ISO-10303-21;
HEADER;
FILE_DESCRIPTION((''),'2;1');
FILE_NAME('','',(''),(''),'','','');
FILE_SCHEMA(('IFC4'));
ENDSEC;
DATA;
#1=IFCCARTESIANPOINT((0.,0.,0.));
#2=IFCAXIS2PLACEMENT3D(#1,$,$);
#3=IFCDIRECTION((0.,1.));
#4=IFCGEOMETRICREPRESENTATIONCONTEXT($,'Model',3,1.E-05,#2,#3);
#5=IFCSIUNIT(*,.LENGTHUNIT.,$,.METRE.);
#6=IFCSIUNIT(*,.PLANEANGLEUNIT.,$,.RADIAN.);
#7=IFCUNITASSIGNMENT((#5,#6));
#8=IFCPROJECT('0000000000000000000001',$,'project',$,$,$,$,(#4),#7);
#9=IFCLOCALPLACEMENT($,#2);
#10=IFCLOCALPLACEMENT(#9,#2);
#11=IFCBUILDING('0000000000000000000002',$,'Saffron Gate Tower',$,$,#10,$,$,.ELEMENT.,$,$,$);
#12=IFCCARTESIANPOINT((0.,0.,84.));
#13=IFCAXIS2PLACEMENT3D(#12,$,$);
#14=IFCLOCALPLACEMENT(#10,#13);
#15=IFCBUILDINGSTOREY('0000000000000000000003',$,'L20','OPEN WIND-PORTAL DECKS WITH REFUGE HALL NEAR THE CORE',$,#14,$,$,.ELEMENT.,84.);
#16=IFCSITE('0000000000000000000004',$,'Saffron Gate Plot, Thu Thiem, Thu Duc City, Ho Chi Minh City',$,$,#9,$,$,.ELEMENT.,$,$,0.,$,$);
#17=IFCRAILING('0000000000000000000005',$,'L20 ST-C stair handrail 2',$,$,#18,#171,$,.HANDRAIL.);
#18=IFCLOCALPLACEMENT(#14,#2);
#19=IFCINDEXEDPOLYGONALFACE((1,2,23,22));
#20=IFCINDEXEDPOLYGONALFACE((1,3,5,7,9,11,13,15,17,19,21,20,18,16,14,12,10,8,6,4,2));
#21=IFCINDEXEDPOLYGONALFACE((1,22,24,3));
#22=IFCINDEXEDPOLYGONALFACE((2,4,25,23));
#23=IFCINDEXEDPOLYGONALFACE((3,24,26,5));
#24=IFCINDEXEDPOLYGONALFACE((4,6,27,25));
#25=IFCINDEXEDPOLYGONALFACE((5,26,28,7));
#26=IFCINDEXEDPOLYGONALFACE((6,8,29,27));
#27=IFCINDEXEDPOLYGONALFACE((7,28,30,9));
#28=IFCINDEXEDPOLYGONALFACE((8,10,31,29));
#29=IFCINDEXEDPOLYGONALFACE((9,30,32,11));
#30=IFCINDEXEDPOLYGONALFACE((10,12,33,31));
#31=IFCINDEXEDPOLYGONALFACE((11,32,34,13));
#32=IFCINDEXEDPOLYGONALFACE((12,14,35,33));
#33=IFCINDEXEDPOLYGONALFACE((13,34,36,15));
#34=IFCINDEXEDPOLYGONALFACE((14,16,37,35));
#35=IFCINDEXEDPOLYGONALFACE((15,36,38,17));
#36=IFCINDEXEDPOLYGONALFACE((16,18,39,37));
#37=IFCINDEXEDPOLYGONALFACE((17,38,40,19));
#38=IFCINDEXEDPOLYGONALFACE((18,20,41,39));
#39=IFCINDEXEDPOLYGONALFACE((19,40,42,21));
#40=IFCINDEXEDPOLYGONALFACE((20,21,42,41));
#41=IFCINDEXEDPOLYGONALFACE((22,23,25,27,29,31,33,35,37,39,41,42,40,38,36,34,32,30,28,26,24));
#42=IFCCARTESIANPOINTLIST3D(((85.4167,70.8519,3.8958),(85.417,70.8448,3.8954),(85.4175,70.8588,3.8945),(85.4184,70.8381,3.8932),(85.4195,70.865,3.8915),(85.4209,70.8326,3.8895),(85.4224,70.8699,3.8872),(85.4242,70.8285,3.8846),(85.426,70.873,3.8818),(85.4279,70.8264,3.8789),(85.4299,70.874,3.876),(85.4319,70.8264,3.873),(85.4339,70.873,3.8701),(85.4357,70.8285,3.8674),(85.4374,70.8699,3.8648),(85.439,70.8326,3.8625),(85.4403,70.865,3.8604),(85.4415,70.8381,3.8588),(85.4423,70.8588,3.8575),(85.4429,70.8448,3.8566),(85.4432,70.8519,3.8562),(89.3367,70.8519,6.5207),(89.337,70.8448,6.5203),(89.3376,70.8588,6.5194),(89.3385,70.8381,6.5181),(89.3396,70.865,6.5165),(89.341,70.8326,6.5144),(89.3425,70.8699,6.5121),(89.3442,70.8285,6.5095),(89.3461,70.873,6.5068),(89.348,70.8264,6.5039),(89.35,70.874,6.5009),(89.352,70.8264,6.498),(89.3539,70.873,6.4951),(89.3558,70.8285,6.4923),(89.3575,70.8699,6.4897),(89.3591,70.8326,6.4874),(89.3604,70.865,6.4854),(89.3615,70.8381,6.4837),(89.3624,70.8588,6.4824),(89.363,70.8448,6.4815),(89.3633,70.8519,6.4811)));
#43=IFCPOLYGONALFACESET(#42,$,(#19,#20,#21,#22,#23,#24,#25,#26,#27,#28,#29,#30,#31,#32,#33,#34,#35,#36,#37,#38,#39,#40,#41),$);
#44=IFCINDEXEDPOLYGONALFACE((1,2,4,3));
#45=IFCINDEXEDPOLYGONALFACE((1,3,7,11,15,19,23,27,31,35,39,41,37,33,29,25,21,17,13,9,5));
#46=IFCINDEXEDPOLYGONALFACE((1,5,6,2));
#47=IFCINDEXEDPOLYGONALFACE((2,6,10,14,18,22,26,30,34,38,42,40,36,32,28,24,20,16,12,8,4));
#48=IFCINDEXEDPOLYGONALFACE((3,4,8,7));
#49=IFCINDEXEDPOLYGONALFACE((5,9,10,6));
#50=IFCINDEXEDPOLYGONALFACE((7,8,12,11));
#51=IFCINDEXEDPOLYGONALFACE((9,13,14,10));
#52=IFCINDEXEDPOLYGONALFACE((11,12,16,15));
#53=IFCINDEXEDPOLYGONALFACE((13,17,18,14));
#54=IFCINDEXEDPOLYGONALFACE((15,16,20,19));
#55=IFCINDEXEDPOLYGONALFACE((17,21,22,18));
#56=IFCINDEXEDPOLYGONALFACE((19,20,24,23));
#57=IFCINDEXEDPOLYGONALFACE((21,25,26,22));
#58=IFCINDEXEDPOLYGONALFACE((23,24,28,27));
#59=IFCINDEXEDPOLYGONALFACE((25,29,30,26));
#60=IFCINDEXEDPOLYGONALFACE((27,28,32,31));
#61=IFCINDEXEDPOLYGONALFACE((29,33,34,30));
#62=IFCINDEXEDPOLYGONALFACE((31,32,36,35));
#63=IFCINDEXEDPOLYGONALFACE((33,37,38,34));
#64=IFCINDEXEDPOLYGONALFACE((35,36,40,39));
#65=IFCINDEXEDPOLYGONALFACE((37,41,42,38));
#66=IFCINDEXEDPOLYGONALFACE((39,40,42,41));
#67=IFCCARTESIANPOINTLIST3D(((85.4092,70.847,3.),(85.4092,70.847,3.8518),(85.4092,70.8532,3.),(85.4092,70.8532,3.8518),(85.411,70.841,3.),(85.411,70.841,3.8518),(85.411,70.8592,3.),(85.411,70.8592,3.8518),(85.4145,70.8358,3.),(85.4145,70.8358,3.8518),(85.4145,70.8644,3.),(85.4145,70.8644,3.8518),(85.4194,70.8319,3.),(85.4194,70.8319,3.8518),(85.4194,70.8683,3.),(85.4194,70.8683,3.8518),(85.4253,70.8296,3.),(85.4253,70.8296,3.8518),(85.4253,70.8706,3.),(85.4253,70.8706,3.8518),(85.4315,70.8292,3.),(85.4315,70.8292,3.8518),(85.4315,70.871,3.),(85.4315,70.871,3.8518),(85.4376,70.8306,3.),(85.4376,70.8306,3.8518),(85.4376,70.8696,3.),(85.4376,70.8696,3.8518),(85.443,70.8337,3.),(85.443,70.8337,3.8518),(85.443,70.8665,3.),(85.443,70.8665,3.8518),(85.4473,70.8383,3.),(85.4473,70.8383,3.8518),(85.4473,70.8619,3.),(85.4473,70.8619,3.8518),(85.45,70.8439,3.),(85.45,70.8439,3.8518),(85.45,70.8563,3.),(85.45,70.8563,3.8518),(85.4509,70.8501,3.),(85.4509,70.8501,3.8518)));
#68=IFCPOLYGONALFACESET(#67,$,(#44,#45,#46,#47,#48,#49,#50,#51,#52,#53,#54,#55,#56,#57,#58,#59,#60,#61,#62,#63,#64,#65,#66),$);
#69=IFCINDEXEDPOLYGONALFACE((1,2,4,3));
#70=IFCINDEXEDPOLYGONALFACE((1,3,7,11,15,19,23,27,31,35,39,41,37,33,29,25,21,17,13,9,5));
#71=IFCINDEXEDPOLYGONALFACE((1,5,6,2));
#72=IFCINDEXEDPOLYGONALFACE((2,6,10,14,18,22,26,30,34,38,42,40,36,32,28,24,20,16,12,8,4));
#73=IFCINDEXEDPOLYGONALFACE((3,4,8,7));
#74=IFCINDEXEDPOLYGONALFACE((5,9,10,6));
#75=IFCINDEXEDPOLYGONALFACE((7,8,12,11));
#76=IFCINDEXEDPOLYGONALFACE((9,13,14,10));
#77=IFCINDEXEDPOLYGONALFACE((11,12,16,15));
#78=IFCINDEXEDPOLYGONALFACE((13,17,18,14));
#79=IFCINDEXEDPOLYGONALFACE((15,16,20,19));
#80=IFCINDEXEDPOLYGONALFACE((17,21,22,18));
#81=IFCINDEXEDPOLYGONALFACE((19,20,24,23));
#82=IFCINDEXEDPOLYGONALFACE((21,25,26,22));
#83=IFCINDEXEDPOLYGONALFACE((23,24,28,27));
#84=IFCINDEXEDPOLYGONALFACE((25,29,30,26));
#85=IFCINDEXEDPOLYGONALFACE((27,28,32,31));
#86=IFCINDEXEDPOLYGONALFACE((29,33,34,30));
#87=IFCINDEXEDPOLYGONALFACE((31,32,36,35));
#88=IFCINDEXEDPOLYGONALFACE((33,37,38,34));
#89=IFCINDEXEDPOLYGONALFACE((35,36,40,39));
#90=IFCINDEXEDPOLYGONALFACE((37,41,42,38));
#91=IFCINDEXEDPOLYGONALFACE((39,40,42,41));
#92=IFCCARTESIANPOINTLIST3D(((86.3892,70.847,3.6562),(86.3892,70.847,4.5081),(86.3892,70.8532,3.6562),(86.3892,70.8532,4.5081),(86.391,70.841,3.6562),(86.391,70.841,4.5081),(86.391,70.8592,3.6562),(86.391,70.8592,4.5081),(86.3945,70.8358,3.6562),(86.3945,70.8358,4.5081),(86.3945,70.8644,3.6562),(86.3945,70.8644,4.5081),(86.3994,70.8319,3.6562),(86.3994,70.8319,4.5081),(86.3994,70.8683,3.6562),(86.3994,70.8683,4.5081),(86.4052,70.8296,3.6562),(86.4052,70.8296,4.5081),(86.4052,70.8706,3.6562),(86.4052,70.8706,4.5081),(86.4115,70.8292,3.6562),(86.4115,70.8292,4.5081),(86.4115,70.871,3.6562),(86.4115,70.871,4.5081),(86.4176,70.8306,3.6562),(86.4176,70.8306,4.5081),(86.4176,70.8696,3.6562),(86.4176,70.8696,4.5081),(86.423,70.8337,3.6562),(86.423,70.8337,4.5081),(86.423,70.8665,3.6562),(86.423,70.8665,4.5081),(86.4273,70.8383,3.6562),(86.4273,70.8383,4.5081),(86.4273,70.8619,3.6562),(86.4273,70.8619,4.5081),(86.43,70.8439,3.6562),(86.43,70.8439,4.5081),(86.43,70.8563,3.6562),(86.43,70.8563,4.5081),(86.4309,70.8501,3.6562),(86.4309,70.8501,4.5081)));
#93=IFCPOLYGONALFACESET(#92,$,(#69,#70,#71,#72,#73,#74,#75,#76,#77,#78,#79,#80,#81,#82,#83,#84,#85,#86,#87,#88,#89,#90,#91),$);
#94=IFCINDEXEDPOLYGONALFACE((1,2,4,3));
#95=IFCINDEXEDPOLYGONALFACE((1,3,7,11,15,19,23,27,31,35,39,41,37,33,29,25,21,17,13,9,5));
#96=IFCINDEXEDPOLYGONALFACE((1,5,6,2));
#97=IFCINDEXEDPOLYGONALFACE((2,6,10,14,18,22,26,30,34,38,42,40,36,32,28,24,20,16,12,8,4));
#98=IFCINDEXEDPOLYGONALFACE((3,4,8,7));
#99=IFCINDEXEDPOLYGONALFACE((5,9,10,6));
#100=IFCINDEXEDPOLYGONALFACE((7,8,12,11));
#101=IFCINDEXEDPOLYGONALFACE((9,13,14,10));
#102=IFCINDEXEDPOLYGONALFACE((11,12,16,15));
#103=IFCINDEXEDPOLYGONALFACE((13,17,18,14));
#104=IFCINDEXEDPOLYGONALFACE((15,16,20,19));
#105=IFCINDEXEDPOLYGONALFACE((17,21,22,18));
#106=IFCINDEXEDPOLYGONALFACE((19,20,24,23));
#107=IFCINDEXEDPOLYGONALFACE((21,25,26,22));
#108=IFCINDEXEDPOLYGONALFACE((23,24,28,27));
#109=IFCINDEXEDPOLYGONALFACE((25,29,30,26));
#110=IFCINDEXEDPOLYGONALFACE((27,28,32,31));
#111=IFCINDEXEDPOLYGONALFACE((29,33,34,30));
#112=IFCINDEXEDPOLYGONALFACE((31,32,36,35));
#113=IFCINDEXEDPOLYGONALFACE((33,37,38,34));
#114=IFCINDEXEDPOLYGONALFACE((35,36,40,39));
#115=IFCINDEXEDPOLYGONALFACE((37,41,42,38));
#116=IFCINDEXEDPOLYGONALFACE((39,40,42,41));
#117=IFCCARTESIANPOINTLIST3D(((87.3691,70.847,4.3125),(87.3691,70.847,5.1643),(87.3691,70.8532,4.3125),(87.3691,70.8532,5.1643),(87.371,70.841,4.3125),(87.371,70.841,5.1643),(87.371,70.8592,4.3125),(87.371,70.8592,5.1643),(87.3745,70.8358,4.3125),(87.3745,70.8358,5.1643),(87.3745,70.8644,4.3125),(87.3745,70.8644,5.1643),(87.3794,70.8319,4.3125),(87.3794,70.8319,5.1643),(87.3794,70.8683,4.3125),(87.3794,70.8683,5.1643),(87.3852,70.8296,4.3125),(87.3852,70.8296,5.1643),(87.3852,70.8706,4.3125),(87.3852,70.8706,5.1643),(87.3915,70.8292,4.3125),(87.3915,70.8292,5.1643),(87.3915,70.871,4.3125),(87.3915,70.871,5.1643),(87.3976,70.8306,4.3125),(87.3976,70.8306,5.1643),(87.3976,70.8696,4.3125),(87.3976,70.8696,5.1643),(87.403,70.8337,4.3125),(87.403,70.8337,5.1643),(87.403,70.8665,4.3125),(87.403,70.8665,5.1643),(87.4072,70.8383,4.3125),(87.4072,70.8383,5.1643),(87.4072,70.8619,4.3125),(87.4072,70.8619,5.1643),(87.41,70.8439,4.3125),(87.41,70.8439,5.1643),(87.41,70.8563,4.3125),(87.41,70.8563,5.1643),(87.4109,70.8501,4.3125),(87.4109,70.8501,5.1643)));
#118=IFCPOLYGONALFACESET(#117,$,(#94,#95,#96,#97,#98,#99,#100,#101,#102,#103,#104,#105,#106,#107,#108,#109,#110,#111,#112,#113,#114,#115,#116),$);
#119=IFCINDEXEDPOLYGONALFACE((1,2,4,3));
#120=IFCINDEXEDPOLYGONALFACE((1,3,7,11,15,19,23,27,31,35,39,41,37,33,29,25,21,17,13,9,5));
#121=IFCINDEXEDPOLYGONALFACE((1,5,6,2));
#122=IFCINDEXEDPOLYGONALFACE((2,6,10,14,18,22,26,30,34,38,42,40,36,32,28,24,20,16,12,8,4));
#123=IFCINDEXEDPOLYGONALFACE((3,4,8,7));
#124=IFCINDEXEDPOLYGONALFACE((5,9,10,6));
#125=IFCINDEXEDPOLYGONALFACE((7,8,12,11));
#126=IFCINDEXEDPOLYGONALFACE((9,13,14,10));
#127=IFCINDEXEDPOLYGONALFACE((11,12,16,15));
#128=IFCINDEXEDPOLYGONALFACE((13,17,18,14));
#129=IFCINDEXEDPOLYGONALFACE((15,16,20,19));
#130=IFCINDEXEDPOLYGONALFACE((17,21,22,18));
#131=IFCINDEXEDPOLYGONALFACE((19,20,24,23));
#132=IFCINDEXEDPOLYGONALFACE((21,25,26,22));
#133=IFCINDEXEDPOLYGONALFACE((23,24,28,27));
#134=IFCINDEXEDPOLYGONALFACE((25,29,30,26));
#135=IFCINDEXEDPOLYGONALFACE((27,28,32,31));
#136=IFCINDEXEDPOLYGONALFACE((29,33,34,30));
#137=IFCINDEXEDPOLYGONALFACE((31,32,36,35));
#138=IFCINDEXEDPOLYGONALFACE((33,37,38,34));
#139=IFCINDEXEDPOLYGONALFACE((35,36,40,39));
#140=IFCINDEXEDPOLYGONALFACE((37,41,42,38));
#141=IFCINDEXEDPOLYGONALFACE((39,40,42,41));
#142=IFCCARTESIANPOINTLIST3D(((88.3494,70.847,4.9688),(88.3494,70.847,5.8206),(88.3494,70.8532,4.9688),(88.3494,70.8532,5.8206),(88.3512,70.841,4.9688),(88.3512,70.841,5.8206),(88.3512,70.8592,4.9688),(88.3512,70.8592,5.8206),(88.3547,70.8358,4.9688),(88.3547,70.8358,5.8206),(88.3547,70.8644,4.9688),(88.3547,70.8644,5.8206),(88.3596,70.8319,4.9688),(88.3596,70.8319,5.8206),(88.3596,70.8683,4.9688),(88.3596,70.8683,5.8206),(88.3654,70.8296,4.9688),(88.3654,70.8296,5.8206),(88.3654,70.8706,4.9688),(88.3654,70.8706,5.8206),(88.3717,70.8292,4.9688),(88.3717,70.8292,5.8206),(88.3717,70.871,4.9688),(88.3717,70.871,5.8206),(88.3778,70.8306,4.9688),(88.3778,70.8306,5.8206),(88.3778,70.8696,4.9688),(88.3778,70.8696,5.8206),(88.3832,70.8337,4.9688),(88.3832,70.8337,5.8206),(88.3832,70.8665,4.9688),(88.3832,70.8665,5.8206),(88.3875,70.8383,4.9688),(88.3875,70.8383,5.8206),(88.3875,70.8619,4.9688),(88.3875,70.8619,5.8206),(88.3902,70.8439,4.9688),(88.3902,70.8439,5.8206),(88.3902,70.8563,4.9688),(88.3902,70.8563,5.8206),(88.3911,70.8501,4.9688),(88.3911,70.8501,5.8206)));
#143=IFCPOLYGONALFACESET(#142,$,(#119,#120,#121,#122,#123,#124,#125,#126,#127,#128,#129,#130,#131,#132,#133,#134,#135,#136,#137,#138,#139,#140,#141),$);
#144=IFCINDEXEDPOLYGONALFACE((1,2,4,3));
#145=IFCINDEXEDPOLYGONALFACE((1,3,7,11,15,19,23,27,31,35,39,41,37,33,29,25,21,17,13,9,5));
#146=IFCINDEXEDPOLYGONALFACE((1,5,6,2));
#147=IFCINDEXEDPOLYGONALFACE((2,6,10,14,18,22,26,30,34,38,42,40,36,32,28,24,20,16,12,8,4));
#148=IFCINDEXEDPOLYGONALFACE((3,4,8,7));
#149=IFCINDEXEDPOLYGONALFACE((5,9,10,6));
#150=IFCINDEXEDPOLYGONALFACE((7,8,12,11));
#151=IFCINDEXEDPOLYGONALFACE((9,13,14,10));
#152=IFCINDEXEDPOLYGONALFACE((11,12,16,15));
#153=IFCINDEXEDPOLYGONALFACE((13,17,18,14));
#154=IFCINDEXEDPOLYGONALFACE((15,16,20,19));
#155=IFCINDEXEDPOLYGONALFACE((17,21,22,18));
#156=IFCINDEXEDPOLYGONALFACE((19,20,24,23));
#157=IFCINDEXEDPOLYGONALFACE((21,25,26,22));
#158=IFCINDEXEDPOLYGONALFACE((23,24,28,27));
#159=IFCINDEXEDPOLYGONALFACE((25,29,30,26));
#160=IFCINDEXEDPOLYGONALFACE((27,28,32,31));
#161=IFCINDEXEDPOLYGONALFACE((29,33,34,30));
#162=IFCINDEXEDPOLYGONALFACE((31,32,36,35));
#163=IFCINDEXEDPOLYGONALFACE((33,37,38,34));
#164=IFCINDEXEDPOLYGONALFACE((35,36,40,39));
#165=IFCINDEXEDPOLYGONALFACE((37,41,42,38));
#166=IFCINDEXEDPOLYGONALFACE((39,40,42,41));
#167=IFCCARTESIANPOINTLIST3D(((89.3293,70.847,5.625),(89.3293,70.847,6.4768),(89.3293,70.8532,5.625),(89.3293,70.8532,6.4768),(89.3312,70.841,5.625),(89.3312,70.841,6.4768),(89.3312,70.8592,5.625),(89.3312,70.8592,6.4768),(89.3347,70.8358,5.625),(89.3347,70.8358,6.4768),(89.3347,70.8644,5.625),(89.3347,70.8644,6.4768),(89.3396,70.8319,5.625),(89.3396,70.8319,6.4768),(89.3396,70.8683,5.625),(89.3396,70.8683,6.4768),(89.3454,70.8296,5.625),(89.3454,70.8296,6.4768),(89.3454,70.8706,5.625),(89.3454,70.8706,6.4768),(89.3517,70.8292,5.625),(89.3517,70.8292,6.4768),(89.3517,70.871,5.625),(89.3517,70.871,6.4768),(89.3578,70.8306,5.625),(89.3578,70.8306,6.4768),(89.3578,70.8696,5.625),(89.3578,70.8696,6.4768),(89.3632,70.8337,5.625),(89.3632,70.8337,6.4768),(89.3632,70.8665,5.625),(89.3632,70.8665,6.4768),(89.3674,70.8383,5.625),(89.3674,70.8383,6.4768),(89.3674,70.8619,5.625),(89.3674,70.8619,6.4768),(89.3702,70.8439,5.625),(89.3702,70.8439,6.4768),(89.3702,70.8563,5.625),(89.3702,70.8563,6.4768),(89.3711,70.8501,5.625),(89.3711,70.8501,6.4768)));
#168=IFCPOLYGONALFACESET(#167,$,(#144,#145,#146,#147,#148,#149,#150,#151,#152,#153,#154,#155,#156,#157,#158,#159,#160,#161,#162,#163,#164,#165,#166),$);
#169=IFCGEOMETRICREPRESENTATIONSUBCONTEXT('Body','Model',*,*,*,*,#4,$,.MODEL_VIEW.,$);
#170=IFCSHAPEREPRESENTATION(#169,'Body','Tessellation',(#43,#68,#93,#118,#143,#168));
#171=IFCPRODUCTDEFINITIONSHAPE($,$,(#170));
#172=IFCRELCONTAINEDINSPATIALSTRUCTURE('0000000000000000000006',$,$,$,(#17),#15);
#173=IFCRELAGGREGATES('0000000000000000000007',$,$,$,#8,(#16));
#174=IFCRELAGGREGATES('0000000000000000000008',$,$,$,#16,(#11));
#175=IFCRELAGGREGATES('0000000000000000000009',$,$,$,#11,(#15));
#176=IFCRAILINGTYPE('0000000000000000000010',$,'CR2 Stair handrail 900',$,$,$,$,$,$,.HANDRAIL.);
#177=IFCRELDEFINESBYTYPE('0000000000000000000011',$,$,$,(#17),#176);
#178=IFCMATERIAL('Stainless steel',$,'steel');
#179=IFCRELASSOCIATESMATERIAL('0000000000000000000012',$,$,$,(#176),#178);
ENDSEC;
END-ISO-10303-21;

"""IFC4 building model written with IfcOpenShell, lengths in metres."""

from ifc_helpers import new_model, si_unit, direction, frame, origin, origin_2d, place, context, subcontext, project, spatial, circle, extrude, material, type_object, element, save


model = new_model("IFC4")

# Units and contexts
model_context = context("Model", 3, precision=1e-05, world=origin(), true_north=direction((0.0, 1.0)))
body_context = subcontext(model_context, "Body", "Model", "MODEL_VIEW")
ifc_project = project(units=[si_unit("LENGTHUNIT", "METRE"), si_unit("PLANEANGLEUNIT", "RADIAN")], contexts=[model_context])

# Site, building, storey
site_placement = place(None, origin())
site = spatial("IfcSite", under=ifc_project, at=site_placement, Name="Saffron Gate Plot, Thu Thiem, Thu Duc City, Ho Chi Minh City", CompositionType="ELEMENT", RefElevation=0.0)
building_placement = place(site_placement, origin())
building = spatial("IfcBuilding", under=site, at=building_placement, Name="Saffron Gate Tower", CompositionType="ELEMENT")
storey_placement = place(building_placement, frame((0.0, 0.0, 84.0)))
storey = spatial("IfcBuildingStorey", under=building, at=storey_placement, Name="L20", Description="OPEN WIND-PORTAL DECKS WITH REFUGE HALL NEAR THE CORE", CompositionType="ELEMENT", Elevation=84.0)

# Railing
ifc_material_1 = material(Name="Stainless steel", Category="steel")
railing_type_1 = type_object("IfcRailingType", Name="CR2 Stair handrail 900", PredefinedType="HANDRAIL", material=ifc_material_1)
railing_1_placement = place(storey_placement, frame((85.4299, 70.8501, 3.0)))
element("IfcRailing", 1, at=railing_1_placement, inside=storey, type_object=railing_type_1, Name="L20 ST-C stair handrail 2", PredefinedType="HANDRAIL", context=body_context, shape_type="SweptSolid", body=[
    extrude(circle(Radius=0.0239, at=origin_2d()), frame((0.0, 0.0, 0.876), z_axis=(0.830918, 0.0, 0.556395), x_axis=(0.0, 1.0, 0.0)), (0.0, 0.0, 1.0), 4.7178),
    extrude(circle(Radius=0.021, at=origin_2d()), origin(), (0.0, 0.0, 1.0), 0.8518),
    extrude(circle(Radius=0.021, at=origin_2d()), frame((0.98, 0.0, 0.6562)), (0.0, 0.0, 1.0), 0.8518),
    extrude(circle(Radius=0.021, at=origin_2d()), frame((1.96, 0.0, 1.3125)), (0.0, 0.0, 1.0), 0.8518),
    extrude(circle(Radius=0.021, at=origin_2d()), frame((2.9402, 0.0, 1.9688)), (0.0, 0.0, 1.0), 0.8518),
    extrude(circle(Radius=0.021, at=origin_2d()), frame((3.9202, 0.0, 2.625)), (0.0, 0.0, 1.0), 0.8518),
])

save(model, "model.ifc")
